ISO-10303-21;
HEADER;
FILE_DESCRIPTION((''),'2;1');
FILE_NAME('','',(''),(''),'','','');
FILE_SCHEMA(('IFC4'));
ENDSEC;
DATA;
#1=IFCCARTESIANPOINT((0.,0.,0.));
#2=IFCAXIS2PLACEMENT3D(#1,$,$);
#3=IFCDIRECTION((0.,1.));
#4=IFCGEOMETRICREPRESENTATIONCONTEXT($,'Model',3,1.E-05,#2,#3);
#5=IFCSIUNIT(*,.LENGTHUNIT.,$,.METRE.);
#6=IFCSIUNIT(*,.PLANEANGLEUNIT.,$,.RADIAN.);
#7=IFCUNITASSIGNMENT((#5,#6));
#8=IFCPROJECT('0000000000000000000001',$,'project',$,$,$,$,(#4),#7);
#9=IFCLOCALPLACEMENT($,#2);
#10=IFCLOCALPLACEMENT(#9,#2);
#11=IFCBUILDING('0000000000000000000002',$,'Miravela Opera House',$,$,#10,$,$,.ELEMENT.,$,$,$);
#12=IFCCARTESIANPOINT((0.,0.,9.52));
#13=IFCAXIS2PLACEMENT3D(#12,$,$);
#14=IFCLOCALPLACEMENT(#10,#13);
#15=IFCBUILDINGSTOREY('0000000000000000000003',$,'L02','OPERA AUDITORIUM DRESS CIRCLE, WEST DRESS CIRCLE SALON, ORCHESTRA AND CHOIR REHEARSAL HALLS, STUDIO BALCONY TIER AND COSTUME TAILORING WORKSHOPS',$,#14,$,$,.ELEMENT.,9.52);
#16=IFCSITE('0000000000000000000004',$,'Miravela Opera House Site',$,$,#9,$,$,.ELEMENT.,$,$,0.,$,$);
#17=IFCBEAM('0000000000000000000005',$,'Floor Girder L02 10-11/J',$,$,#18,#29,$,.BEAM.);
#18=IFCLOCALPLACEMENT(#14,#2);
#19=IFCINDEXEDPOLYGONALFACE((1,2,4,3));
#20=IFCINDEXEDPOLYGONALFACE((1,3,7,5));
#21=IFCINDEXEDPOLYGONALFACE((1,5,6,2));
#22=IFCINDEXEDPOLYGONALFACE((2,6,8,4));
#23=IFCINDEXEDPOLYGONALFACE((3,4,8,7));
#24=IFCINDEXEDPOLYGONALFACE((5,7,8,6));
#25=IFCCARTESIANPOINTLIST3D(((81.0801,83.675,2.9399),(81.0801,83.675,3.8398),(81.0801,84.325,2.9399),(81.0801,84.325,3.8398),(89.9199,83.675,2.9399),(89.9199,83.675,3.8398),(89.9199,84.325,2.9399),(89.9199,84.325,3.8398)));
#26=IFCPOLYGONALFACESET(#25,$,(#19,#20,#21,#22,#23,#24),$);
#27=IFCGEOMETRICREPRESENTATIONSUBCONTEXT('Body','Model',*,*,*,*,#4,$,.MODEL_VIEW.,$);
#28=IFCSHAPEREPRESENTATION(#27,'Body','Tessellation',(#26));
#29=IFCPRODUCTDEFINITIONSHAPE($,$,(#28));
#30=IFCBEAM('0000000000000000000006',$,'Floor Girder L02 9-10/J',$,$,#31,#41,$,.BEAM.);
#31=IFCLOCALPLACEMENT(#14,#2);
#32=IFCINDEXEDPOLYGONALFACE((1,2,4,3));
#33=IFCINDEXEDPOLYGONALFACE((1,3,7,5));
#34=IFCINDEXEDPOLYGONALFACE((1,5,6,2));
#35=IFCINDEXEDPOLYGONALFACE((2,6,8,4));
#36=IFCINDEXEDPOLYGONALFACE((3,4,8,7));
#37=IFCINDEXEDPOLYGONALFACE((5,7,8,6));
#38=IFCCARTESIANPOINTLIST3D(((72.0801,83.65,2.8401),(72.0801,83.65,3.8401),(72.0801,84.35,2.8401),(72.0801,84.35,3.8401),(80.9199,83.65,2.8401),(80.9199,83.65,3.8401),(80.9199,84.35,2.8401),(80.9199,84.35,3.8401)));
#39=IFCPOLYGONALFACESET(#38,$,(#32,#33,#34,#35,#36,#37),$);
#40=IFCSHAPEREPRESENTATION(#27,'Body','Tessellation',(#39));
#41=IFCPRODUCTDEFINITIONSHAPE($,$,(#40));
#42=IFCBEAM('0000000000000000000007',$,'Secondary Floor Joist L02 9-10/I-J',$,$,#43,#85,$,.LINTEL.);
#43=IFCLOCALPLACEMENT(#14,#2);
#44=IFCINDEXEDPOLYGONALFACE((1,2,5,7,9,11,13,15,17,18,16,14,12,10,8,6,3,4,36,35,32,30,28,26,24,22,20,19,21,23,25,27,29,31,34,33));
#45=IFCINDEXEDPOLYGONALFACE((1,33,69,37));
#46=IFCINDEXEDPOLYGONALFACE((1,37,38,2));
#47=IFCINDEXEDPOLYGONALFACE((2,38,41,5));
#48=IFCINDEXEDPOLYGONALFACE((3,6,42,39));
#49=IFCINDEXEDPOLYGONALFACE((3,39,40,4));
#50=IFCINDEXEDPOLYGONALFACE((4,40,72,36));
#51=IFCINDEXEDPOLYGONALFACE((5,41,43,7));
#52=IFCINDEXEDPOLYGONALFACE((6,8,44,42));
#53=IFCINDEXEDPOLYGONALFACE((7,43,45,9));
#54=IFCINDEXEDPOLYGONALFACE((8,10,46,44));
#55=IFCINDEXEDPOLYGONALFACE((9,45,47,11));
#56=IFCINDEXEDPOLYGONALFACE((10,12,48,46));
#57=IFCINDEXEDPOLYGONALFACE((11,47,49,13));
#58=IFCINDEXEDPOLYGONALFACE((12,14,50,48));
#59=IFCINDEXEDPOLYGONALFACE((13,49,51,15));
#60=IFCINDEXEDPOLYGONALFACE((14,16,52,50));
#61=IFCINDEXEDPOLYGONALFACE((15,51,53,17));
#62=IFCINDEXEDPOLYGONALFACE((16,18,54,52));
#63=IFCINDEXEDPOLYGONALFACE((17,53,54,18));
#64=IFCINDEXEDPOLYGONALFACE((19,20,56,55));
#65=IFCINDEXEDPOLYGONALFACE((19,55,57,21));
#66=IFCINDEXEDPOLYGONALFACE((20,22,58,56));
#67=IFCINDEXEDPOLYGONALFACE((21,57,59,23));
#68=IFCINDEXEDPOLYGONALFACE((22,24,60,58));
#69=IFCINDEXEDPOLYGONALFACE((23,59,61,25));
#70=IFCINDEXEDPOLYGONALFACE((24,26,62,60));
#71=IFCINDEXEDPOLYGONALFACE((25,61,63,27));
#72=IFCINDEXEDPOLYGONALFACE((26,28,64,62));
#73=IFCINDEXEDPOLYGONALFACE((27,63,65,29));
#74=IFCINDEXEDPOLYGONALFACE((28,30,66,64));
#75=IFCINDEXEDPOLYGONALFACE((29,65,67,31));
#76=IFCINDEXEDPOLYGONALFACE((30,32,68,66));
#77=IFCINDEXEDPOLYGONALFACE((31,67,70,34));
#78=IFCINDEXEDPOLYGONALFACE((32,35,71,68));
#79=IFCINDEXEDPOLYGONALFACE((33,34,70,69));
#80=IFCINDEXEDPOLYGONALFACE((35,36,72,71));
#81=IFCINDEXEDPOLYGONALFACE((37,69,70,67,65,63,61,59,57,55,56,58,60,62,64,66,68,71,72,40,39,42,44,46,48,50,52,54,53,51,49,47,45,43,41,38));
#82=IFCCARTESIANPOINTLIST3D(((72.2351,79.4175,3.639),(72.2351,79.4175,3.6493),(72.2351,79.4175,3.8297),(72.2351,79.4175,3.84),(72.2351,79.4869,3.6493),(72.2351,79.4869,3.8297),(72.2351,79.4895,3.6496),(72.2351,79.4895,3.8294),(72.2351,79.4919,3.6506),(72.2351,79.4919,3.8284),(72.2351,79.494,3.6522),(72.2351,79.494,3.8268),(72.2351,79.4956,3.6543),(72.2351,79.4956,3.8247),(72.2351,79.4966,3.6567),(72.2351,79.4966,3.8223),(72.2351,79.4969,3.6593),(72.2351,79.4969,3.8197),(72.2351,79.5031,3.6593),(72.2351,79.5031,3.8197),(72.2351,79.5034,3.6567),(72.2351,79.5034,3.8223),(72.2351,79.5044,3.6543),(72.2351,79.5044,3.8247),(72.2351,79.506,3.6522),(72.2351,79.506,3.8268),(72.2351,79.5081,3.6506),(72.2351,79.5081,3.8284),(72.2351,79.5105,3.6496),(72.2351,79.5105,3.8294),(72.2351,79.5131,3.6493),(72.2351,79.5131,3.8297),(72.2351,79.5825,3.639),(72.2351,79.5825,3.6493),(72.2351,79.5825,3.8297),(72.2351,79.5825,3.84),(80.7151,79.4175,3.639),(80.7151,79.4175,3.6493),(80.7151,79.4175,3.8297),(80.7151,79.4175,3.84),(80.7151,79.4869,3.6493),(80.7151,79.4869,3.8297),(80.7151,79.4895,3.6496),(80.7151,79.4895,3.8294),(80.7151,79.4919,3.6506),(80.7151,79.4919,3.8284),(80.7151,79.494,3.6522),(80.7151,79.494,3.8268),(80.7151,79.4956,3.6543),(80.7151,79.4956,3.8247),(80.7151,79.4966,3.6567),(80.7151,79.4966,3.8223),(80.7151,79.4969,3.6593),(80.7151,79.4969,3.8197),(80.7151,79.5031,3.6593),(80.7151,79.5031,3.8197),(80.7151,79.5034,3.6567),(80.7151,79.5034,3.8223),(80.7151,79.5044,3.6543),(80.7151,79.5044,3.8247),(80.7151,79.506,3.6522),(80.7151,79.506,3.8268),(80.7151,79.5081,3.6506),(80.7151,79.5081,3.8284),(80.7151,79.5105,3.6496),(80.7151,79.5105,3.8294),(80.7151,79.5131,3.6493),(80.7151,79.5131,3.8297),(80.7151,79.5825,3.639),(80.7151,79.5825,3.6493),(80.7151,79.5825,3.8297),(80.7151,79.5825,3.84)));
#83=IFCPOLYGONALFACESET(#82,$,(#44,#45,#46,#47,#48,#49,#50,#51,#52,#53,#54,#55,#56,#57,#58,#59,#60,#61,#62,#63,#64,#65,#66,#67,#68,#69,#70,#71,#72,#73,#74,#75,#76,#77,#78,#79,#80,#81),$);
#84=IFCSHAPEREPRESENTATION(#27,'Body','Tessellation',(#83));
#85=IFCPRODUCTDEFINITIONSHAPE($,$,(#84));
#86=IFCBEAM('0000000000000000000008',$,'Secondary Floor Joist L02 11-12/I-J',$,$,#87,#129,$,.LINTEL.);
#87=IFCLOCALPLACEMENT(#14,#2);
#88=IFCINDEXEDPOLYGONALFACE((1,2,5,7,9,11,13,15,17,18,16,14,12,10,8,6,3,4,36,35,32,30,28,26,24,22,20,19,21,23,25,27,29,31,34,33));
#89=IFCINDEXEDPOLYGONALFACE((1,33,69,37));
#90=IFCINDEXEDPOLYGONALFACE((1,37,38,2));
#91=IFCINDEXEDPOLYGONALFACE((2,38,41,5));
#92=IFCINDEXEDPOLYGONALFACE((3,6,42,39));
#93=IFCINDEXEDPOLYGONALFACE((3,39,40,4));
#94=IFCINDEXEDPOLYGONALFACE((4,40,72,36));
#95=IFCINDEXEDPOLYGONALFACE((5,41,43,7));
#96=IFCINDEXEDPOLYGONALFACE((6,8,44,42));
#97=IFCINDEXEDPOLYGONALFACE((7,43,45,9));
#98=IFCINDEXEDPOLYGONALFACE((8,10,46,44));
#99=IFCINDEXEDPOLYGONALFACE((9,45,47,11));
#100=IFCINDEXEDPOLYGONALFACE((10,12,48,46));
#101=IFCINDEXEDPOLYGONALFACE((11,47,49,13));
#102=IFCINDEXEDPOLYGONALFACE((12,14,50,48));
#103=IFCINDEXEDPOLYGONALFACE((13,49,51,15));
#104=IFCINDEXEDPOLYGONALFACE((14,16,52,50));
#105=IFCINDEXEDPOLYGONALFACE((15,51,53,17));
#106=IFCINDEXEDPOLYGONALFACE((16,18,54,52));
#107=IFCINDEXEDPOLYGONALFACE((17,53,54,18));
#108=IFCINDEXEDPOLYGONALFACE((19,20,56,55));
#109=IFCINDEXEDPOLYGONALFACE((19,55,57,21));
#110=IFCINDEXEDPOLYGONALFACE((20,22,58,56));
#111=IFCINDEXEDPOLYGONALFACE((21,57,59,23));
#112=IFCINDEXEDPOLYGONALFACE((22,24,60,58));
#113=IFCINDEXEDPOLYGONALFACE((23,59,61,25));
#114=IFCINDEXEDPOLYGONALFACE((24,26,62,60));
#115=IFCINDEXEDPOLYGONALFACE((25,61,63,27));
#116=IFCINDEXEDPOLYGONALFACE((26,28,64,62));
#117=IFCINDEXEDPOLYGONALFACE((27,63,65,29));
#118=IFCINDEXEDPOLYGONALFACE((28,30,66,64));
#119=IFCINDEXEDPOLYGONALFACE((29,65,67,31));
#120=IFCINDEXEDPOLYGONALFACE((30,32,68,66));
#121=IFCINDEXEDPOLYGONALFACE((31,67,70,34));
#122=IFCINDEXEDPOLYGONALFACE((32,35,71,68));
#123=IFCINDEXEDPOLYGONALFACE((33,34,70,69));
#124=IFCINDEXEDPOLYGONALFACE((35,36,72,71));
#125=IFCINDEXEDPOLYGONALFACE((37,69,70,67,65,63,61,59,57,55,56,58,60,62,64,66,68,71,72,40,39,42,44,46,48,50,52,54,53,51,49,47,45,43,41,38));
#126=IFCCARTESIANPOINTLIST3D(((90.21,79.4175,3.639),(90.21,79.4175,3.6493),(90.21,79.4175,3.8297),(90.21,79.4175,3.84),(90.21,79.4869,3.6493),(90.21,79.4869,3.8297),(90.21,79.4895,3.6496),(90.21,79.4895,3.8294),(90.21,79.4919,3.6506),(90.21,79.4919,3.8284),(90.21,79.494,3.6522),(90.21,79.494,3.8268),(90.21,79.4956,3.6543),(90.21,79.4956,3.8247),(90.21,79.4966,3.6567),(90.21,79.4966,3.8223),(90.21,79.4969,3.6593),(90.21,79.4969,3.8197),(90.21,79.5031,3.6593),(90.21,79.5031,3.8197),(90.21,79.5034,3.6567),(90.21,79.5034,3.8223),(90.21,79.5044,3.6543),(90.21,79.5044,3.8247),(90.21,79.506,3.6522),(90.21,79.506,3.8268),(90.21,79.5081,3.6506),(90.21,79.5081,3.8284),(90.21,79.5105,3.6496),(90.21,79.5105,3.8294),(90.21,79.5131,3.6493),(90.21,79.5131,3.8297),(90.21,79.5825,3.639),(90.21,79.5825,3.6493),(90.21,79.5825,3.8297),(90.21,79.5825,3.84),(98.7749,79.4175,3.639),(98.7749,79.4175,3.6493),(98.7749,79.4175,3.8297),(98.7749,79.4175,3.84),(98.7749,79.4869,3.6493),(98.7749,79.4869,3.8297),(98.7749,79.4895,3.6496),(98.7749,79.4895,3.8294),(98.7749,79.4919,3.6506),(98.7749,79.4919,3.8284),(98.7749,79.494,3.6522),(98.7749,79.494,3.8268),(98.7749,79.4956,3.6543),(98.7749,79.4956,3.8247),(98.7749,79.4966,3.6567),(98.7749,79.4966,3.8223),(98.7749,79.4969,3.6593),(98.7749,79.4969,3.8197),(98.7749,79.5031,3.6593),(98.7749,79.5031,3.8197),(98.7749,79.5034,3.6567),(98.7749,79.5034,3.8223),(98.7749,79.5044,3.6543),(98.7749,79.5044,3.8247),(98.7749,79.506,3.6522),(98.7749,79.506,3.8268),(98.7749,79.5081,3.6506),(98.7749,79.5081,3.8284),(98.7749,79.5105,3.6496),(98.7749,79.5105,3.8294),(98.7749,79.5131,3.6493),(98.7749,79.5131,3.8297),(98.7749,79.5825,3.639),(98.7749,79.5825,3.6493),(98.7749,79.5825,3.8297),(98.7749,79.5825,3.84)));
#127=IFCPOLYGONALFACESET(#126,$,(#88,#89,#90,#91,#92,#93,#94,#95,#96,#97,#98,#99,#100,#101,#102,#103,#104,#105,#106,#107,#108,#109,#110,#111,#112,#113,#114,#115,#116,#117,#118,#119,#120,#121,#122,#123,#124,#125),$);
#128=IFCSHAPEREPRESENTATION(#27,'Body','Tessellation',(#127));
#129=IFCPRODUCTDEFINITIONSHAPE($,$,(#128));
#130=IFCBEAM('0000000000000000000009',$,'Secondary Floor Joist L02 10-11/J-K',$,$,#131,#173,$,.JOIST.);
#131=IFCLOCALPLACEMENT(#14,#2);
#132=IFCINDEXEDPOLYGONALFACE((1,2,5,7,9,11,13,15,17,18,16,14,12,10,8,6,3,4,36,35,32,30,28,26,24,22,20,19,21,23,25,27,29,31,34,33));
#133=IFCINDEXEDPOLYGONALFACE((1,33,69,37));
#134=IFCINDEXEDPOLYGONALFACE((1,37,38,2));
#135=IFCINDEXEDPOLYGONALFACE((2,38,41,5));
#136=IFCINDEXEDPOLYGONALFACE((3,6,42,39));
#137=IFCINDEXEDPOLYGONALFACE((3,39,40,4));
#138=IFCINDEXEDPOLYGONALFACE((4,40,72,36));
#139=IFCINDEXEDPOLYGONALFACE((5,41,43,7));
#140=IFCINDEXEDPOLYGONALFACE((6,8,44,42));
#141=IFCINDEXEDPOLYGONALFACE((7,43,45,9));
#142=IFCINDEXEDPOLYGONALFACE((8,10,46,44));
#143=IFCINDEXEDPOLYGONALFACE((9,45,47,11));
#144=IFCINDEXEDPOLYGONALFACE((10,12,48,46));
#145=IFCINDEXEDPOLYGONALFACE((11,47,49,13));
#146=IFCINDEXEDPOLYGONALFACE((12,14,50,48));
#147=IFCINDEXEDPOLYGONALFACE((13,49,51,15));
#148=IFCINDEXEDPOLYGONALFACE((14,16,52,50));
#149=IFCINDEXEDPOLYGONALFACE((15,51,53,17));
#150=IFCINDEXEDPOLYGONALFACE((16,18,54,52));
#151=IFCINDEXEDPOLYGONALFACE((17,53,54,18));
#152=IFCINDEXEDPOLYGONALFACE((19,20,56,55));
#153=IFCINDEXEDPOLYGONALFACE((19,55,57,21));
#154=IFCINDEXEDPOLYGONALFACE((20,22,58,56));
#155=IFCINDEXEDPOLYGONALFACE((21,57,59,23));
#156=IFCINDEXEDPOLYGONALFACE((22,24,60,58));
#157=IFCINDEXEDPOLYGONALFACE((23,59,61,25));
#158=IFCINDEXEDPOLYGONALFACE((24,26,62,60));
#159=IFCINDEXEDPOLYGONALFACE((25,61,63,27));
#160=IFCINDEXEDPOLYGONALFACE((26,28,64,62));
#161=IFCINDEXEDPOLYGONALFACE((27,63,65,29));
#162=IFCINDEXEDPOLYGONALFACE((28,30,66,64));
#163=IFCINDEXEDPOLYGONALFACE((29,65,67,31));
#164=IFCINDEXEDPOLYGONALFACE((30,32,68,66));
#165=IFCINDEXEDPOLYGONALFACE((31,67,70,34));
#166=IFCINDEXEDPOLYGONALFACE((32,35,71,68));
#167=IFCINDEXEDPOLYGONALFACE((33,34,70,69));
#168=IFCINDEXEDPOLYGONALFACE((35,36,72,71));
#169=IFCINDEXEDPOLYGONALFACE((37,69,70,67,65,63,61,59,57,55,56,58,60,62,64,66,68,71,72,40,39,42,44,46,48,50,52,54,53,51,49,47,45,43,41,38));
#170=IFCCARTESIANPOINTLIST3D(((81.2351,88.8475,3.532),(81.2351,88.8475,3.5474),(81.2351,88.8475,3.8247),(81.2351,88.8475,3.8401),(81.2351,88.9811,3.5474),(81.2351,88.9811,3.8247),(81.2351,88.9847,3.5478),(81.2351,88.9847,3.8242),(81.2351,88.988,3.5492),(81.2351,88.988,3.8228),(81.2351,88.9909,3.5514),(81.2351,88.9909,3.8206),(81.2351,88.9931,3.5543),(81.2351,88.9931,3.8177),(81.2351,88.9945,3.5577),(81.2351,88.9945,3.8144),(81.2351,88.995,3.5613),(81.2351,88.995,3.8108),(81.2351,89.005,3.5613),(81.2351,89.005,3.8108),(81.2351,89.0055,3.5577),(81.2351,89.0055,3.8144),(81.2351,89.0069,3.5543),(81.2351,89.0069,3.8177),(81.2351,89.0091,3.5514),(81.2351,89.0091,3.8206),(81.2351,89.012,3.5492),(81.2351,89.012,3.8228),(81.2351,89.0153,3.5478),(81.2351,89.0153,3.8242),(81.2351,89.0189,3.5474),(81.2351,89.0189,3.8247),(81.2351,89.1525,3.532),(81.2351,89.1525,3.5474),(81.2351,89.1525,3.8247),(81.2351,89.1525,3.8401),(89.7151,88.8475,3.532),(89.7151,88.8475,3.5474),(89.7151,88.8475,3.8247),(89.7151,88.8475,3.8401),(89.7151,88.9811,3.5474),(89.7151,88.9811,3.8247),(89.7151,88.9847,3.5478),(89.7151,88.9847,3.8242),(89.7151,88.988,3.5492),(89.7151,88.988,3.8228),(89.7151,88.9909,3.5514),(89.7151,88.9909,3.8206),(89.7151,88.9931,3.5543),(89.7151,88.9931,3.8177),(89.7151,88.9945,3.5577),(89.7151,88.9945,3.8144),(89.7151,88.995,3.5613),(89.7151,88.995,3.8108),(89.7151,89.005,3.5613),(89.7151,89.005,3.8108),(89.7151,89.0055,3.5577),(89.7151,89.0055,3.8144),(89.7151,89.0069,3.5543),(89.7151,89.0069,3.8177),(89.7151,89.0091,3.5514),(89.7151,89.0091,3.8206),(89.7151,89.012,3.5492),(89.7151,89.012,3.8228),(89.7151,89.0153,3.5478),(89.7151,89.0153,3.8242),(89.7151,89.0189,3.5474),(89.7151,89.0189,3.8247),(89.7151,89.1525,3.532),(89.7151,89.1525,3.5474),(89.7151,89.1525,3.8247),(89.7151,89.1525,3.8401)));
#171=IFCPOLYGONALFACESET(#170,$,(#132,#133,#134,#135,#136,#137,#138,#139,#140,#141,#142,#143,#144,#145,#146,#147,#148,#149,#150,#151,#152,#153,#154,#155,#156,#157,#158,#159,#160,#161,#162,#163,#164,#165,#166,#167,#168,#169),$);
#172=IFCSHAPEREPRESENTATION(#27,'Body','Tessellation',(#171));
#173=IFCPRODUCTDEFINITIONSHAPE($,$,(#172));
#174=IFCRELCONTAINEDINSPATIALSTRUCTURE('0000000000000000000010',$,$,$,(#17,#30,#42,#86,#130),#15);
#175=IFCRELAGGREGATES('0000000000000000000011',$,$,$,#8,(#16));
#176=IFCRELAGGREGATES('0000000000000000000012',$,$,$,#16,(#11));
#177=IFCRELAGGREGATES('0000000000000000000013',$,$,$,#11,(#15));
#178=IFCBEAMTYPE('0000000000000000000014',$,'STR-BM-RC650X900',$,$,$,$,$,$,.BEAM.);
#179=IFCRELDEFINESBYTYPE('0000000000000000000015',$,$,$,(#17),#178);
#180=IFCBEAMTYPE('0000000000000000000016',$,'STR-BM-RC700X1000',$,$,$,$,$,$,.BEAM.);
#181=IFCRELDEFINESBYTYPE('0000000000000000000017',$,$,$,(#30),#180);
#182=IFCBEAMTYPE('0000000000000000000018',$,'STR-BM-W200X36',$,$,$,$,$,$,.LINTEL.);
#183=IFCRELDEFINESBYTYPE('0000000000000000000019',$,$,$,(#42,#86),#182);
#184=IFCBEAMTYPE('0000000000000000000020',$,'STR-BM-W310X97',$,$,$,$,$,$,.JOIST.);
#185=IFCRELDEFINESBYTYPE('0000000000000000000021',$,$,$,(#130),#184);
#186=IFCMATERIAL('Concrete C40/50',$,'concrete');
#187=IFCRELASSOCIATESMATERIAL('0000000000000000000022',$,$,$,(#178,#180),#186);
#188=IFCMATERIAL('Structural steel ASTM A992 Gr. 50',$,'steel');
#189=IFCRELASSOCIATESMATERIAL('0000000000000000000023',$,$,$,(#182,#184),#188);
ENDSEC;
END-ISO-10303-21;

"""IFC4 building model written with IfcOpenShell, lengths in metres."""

from ifc_helpers import new_model, si_unit, direction, frame, origin, origin_2d, place, context, subcontext, project, spatial, rectangle, i_section, extrude, material, material_profile, profile_set, type_object, element, save


model = new_model("IFC4")

# Units and contexts
model_context = context("Model", 3, precision=1e-05, world=origin(), true_north=direction((0.0, 1.0)))
body_context = subcontext(model_context, "Body", "Model", "MODEL_VIEW")
ifc_project = project(units=[si_unit("LENGTHUNIT", "METRE"), si_unit("PLANEANGLEUNIT", "RADIAN")], contexts=[model_context])

# Site, building, storey
site_placement = place(None, origin())
site = spatial("IfcSite", under=ifc_project, at=site_placement, Name="Miravela Opera House Site", CompositionType="ELEMENT", RefElevation=0.0)
building_placement = place(site_placement, origin())
building = spatial("IfcBuilding", under=site, at=building_placement, Name="Miravela Opera House", CompositionType="ELEMENT")
storey_placement = place(building_placement, frame((0.0, 0.0, 9.52)))
storey = spatial("IfcBuildingStorey", under=building, at=storey_placement, Name="L02", Description="OPERA AUDITORIUM DRESS CIRCLE, WEST DRESS CIRCLE SALON, ORCHESTRA AND CHOIR REHEARSAL HALLS, STUDIO BALCONY TIER AND COSTUME TAILORING WORKSHOPS", CompositionType="ELEMENT", Elevation=9.52)

# Beams
ifc_material_1 = material(Name="Concrete C40/50", Category="concrete")
ifc_material_profile_1 = material_profile(ifc_material_1, rectangle(XDim=0.6499, YDim=0.8999, at=origin_2d()), Name="RC-BM-650X900")
ifc_profile_set_1 = profile_set([ifc_material_profile_1])
beam_type_1 = type_object("IfcBeamType", Name="STR-BM-RC650X900", PredefinedType="BEAM", material=ifc_profile_set_1)
beam_1_placement = place(storey_placement, frame((81.0801, 84.0, 3.3899), z_axis=(1.0, 0.0, 0.0), x_axis=(0.0, 1.0, 0.0)))
element("IfcBeam", 1, at=beam_1_placement, inside=storey, type_object=beam_type_1, Name="Floor Girder L02 10-11/J", PredefinedType="BEAM", context=body_context, shape_type="SweptSolid", body=[
    extrude(rectangle(XDim=0.6499, YDim=0.8999, at=origin_2d()), origin(), (0.0, 0.0, 1.0), 8.8398),
])
ifc_material_profile_2 = material_profile(ifc_material_1, rectangle(XDim=0.7, YDim=1.0, at=origin_2d()), Name="RC-BM-700X1000")
ifc_profile_set_2 = profile_set([ifc_material_profile_2])
beam_type_2 = type_object("IfcBeamType", Name="STR-BM-RC700X1000", PredefinedType="BEAM", material=ifc_profile_set_2)
beam_2_placement = place(storey_placement, frame((72.0801, 84.0, 3.3401), z_axis=(1.0, 0.0, 0.0), x_axis=(0.0, 1.0, 0.0)))
element("IfcBeam", 2, at=beam_2_placement, inside=storey, type_object=beam_type_2, Name="Floor Girder L02 9-10/J", PredefinedType="BEAM", context=body_context, shape_type="SweptSolid", body=[
    extrude(rectangle(XDim=0.7, YDim=1.0, at=origin_2d()), origin(), (0.0, 0.0, 1.0), 8.8398),
])
ifc_material_2 = material(Name="Structural steel ASTM A992 Gr. 50", Category="steel")
ifc_material_profile_3 = material_profile(ifc_material_2, i_section(OverallWidth=0.165, OverallDepth=0.2009, WebThickness=0.0061, FlangeThickness=0.0103, FilletRadius=0.01, at=origin_2d()), Name="W200X36")
ifc_profile_set_3 = profile_set([ifc_material_profile_3])
beam_type_3 = type_object("IfcBeamType", Name="STR-BM-W200X36", PredefinedType="LINTEL", material=ifc_profile_set_3)
beam_3_placement = place(storey_placement, frame((72.2351, 79.5, 3.7395), z_axis=(1.0, 0.0, 0.0), x_axis=(0.0, 1.0, 0.0)))
element("IfcBeam", 3, at=beam_3_placement, inside=storey, type_object=beam_type_3, Name="Secondary Floor Joist L02 9-10/I-J", PredefinedType="LINTEL", context=body_context, shape_type="SweptSolid", body=[
    extrude(i_section(OverallWidth=0.165, OverallDepth=0.2009, WebThickness=0.0061, FlangeThickness=0.0103, FilletRadius=0.01, at=origin_2d()), origin(), (0.0, 0.0, 1.0), 8.48),
])
beam_4_placement = place(storey_placement, frame((90.21, 79.5, 3.7395), z_axis=(1.0, 0.0, 0.0), x_axis=(0.0, 1.0, 0.0)))
element("IfcBeam", 4, at=beam_4_placement, inside=storey, type_object=beam_type_3, Name="Secondary Floor Joist L02 11-12/I-J", PredefinedType="LINTEL", context=body_context, shape_type="SweptSolid", body=[
    extrude(i_section(OverallWidth=0.165, OverallDepth=0.2009, WebThickness=0.0061, FlangeThickness=0.0103, FilletRadius=0.01, at=origin_2d()), origin(), (0.0, 0.0, 1.0), 8.5649),
])
ifc_material_profile_4 = material_profile(ifc_material_2, i_section(OverallWidth=0.3049, OverallDepth=0.3081, WebThickness=0.01, FlangeThickness=0.0154, FilletRadius=0.0139, at=origin_2d()), Name="W310X97")
ifc_profile_set_4 = profile_set([ifc_material_profile_4])
beam_type_4 = type_object("IfcBeamType", Name="STR-BM-W310X97", PredefinedType="JOIST", material=ifc_profile_set_4)
beam_5_placement = place(storey_placement, frame((81.2351, 89.0, 3.686), z_axis=(1.0, 0.0, 0.0), x_axis=(0.0, 1.0, 0.0)))
element("IfcBeam", 5, at=beam_5_placement, inside=storey, type_object=beam_type_4, Name="Secondary Floor Joist L02 10-11/J-K", PredefinedType="JOIST", context=body_context, shape_type="SweptSolid", body=[
    extrude(i_section(OverallWidth=0.3049, OverallDepth=0.3081, WebThickness=0.01, FlangeThickness=0.0154, FilletRadius=0.0139, at=origin_2d()), origin(), (0.0, 0.0, 1.0), 8.48),
])

save(model, "model.ifc")
